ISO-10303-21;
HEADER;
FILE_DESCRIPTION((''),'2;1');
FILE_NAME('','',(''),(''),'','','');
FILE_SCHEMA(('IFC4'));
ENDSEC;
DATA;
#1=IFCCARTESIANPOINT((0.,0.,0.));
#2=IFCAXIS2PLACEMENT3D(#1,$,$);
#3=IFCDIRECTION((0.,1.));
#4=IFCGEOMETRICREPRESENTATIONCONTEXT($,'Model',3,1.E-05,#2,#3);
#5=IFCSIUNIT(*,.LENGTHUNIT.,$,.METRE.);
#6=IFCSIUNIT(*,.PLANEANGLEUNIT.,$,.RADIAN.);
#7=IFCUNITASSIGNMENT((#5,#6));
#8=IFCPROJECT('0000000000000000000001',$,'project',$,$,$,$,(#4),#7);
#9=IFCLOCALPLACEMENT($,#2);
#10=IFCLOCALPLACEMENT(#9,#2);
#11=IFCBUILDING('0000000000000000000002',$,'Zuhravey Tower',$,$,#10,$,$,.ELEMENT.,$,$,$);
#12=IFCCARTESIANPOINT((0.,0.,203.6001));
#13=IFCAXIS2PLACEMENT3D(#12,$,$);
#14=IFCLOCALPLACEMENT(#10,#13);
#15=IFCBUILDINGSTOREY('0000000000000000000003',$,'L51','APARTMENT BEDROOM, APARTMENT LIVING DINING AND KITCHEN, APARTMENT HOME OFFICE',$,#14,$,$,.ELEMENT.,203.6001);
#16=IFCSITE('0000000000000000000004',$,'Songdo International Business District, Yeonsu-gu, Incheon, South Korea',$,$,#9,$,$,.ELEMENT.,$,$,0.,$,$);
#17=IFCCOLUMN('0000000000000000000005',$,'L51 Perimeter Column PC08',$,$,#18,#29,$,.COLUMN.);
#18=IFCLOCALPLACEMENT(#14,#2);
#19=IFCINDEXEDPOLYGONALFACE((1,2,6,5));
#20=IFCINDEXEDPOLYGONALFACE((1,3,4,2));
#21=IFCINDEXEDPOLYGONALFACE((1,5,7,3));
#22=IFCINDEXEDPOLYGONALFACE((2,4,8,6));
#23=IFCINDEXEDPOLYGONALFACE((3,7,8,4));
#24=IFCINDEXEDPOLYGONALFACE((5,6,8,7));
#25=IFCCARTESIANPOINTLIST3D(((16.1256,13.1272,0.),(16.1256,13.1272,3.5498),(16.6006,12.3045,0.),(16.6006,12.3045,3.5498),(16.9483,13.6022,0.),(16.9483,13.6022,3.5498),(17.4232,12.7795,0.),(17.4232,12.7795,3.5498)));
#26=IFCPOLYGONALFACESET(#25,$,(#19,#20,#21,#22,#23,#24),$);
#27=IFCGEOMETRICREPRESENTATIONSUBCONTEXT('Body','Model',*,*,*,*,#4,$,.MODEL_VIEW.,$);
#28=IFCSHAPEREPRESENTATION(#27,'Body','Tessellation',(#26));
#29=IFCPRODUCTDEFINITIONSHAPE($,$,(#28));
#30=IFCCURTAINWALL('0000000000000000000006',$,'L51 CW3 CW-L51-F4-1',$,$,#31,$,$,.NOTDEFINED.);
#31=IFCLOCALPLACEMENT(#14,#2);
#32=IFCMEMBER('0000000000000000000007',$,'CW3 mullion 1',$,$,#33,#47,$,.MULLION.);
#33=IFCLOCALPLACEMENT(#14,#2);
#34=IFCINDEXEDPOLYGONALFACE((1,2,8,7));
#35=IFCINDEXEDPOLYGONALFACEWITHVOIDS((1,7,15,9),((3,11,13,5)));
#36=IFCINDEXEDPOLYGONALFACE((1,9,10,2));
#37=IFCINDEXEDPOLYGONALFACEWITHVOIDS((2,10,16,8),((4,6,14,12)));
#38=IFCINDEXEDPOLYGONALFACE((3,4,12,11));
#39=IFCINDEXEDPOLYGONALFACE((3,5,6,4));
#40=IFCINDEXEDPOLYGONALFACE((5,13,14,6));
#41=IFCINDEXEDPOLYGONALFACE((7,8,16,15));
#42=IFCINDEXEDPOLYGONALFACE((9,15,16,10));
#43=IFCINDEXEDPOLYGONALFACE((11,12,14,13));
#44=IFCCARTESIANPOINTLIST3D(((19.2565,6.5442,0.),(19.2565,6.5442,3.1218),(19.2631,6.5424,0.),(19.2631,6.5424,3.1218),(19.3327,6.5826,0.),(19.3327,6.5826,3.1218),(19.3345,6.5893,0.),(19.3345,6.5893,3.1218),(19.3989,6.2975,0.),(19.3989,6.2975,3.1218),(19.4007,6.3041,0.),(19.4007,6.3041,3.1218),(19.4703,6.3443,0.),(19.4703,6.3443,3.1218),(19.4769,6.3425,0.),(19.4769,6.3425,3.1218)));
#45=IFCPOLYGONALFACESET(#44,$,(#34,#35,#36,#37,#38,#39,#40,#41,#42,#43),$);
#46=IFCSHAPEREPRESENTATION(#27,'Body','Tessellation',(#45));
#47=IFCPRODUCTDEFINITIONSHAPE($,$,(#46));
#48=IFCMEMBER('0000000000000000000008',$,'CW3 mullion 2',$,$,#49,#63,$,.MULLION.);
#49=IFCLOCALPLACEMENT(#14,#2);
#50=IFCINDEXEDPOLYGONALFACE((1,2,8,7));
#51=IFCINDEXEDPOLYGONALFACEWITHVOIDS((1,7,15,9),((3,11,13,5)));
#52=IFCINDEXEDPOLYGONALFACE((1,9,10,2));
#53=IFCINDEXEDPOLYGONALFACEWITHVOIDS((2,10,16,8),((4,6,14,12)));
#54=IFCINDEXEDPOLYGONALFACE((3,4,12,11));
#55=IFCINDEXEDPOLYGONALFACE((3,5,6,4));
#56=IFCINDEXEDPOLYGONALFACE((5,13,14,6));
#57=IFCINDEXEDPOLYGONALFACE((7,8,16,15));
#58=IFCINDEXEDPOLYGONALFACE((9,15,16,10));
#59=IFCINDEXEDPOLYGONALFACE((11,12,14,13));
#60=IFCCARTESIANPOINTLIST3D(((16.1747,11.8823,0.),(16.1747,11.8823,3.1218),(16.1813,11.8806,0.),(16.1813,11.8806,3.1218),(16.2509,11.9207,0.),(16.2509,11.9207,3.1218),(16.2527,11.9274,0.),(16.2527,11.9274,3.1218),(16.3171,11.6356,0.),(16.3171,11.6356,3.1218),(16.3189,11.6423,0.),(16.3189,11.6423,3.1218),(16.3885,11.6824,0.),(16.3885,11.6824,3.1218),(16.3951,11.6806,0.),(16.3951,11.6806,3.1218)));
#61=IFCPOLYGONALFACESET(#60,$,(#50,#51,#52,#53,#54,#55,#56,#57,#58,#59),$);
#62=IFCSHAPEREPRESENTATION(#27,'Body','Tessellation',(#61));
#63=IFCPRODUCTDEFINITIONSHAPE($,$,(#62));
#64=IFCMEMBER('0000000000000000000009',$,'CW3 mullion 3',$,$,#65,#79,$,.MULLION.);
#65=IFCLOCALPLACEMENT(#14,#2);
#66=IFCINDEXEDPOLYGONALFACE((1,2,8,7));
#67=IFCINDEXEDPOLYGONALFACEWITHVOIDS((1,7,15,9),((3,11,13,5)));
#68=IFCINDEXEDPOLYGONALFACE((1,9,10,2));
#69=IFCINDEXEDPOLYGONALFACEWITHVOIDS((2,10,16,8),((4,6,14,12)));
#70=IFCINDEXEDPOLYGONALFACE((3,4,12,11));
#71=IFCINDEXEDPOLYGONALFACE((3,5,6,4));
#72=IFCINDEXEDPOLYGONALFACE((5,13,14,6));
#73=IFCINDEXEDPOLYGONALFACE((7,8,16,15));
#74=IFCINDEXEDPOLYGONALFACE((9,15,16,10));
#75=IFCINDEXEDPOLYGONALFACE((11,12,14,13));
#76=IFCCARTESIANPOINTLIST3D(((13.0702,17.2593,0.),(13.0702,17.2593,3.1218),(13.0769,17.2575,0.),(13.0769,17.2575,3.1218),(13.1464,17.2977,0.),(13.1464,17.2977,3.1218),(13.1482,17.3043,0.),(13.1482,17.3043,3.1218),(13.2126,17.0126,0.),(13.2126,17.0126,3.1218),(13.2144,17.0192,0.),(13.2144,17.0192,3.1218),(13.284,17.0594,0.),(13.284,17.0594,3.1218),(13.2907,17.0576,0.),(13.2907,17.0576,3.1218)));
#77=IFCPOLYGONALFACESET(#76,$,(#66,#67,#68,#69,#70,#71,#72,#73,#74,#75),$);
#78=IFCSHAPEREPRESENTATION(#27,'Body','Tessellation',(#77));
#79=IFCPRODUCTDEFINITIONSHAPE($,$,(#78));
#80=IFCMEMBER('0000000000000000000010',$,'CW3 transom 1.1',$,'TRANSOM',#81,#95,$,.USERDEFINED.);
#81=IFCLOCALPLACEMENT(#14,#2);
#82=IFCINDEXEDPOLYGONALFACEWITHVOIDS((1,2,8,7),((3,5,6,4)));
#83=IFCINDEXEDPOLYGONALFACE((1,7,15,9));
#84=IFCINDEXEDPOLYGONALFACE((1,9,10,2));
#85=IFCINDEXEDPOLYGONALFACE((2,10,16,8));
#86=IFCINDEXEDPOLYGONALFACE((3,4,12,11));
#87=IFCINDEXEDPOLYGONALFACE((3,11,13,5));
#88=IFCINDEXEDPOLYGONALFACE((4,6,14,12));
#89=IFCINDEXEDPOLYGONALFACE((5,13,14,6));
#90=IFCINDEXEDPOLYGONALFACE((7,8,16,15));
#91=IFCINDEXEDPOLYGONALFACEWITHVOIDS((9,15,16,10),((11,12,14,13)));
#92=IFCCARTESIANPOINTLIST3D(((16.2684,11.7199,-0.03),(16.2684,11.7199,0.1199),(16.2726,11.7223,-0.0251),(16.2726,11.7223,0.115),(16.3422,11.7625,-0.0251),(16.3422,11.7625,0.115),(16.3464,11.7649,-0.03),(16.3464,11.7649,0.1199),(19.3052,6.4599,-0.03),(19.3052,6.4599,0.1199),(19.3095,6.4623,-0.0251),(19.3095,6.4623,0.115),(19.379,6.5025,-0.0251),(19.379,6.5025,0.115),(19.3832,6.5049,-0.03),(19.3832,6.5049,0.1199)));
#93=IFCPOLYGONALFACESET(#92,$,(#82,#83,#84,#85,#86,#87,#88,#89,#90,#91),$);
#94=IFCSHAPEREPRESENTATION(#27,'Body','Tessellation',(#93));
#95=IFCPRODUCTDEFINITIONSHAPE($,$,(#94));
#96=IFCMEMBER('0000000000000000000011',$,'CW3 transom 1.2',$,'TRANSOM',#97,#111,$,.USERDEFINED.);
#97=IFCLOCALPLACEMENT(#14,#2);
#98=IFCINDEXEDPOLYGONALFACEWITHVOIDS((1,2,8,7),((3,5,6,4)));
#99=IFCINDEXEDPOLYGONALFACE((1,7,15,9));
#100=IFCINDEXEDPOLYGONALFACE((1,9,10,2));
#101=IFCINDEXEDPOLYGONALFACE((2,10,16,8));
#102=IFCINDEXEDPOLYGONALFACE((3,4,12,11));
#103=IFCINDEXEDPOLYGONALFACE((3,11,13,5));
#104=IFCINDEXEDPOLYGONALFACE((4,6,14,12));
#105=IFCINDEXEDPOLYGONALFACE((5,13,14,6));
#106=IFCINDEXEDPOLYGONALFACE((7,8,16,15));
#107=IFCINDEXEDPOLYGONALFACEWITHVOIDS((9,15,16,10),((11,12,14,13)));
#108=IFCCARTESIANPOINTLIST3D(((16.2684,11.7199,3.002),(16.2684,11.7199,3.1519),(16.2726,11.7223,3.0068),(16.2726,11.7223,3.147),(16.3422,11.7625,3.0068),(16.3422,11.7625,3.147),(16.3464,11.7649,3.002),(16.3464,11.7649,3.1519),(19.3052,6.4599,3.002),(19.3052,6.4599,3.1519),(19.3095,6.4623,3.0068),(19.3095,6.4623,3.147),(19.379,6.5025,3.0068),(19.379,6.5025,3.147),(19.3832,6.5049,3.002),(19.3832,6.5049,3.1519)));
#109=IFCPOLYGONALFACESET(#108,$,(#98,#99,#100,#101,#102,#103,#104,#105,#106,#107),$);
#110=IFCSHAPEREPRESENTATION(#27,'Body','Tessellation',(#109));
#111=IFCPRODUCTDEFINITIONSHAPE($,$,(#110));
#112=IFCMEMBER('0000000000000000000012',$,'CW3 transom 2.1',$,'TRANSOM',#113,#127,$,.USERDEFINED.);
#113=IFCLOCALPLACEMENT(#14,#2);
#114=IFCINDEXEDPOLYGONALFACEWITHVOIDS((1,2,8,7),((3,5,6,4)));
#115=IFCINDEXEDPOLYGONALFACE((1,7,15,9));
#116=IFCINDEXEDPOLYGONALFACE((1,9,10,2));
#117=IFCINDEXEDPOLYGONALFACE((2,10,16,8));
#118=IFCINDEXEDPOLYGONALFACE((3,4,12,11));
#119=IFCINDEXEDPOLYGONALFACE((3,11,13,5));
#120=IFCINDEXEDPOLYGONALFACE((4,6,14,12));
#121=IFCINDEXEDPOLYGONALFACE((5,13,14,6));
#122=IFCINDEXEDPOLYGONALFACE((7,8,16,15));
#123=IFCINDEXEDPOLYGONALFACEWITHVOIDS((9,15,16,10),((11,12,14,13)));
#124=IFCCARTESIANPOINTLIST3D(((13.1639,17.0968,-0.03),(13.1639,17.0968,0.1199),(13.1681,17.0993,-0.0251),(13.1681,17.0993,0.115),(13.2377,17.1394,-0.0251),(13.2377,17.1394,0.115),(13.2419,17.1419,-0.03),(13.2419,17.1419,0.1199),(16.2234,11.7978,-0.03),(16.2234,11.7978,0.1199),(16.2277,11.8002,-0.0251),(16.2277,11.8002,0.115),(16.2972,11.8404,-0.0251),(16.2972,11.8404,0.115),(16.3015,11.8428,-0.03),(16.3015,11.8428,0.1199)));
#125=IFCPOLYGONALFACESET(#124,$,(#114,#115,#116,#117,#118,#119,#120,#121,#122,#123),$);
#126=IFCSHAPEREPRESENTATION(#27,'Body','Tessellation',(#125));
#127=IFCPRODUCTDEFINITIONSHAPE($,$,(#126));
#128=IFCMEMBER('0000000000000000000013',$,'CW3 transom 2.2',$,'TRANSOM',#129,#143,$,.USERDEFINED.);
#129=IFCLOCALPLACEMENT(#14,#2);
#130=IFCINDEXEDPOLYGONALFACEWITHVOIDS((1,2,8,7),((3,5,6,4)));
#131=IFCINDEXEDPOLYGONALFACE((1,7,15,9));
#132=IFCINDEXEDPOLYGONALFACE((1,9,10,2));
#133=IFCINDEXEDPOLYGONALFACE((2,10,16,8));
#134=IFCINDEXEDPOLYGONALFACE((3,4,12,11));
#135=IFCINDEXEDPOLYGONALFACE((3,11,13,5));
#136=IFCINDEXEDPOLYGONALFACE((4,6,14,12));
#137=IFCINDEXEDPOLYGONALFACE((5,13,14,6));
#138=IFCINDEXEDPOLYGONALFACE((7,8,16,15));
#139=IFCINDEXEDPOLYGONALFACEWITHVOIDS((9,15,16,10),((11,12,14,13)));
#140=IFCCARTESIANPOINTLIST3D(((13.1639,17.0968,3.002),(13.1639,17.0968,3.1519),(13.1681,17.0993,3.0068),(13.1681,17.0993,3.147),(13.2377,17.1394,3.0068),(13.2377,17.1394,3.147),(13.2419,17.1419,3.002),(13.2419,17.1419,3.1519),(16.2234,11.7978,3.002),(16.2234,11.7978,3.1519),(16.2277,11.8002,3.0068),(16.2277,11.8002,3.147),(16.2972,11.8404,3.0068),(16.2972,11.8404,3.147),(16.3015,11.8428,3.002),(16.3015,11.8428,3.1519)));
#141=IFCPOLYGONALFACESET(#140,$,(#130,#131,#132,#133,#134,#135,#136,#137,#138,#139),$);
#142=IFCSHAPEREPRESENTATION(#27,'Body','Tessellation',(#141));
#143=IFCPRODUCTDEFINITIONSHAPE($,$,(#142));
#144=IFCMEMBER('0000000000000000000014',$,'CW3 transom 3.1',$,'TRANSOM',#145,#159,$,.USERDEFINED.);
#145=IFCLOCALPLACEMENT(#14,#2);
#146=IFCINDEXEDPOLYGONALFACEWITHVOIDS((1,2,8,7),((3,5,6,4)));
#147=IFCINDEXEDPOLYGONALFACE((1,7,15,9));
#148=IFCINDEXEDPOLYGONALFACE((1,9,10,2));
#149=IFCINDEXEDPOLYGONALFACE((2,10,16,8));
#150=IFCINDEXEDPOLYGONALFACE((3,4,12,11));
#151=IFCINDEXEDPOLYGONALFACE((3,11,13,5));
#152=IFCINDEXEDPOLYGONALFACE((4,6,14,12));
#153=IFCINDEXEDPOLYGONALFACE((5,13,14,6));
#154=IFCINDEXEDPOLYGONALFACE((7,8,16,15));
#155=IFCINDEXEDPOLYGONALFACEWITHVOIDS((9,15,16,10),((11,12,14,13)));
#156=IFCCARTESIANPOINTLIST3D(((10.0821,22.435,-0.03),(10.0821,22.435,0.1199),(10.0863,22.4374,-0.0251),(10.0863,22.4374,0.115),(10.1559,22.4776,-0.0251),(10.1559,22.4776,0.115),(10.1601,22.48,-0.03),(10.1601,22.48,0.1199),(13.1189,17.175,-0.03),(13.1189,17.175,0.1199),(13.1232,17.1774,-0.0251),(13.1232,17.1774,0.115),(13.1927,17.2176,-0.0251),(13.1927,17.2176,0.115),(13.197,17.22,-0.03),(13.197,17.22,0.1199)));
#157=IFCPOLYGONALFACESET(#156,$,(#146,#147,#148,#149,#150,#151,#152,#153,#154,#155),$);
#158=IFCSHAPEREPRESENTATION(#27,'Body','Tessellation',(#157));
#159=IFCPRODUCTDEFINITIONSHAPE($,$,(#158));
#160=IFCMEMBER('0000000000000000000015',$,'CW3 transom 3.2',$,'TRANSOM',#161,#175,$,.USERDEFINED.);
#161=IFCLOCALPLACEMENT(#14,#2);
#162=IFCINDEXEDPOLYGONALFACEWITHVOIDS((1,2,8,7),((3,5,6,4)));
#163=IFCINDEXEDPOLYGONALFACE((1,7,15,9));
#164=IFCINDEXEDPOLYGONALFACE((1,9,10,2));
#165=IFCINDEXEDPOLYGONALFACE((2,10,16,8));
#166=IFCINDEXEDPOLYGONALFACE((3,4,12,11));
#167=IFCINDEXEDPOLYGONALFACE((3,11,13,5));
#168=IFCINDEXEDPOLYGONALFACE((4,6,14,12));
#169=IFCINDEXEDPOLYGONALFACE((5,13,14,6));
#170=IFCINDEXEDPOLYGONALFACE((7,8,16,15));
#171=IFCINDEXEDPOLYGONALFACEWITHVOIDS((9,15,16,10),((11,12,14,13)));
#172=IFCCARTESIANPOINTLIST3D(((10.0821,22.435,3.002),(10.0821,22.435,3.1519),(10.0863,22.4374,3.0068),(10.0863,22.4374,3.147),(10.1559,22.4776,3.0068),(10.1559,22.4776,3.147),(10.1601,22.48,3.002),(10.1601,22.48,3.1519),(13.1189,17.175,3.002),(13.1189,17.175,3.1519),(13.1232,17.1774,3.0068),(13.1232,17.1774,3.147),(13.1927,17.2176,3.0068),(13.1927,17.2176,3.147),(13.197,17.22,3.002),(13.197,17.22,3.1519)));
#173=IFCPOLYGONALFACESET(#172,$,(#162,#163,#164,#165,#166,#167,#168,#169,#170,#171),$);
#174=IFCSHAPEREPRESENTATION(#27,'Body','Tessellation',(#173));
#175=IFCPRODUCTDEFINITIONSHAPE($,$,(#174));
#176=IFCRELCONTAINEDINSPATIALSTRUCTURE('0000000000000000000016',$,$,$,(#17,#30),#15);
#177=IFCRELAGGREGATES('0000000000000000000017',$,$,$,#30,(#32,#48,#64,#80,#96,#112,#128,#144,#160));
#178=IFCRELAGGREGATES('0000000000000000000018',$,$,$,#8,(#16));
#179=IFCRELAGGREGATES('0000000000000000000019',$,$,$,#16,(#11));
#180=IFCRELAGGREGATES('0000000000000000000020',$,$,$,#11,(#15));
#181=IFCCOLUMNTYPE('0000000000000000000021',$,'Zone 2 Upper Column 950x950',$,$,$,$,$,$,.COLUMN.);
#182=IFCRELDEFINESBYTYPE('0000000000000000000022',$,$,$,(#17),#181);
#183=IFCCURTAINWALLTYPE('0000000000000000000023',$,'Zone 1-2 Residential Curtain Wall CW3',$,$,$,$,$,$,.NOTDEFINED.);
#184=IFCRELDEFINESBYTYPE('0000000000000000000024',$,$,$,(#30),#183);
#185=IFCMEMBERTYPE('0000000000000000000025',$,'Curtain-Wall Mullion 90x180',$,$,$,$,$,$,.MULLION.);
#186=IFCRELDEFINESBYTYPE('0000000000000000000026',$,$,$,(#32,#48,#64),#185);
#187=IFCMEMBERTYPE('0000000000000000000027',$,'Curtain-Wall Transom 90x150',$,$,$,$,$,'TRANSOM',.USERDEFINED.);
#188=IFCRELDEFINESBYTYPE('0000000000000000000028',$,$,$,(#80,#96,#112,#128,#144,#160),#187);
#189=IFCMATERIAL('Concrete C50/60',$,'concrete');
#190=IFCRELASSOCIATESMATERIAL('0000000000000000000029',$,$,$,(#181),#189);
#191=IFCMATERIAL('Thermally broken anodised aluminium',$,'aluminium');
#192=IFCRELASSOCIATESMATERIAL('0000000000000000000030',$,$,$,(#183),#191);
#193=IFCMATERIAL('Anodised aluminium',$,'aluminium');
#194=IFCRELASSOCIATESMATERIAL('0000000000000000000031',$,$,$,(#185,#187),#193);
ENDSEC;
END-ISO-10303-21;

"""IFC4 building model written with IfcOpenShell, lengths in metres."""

from ifc_helpers import new_model, si_unit, direction, frame, origin, origin_2d, place, context, subcontext, project, spatial, rectangle, hollow_rectangle, extrude, material, material_profile, profile_set, type_object, element, aggregate, save


model = new_model("IFC4")

# Units and contexts
model_context = context("Model", 3, precision=1e-05, world=origin(), true_north=direction((0.0, 1.0)))
body_context = subcontext(model_context, "Body", "Model", "MODEL_VIEW")
ifc_project = project(units=[si_unit("LENGTHUNIT", "METRE"), si_unit("PLANEANGLEUNIT", "RADIAN")], contexts=[model_context])

# Site, building, storey
site_placement = place(None, origin())
site = spatial("IfcSite", under=ifc_project, at=site_placement, Name="Songdo International Business District, Yeonsu-gu, Incheon, South Korea", CompositionType="ELEMENT", RefElevation=0.0)
building_placement = place(site_placement, origin())
building = spatial("IfcBuilding", under=site, at=building_placement, Name="Zuhravey Tower", CompositionType="ELEMENT")
storey_placement = place(building_placement, frame((0.0, 0.0, 203.6001)))
storey = spatial("IfcBuildingStorey", under=building, at=storey_placement, Name="L51", Description="APARTMENT BEDROOM, APARTMENT LIVING DINING AND KITCHEN, APARTMENT HOME OFFICE", CompositionType="ELEMENT", Elevation=203.6001)

# Column
ifc_material_1 = material(Name="Concrete C50/60", Category="concrete")
ifc_material_profile_1 = material_profile(ifc_material_1, rectangle(XDim=0.95, YDim=0.95, at=origin_2d()), Name="RC-950x950")
ifc_profile_set_1 = profile_set([ifc_material_profile_1], Name="Concrete C50/60")
column_type = type_object("IfcColumnType", Name="Zone 2 Upper Column 950x950", PredefinedType="COLUMN", material=ifc_profile_set_1)
column_placement = place(storey_placement, frame((16.7744, 12.9534, 0.0), z_axis=(0.0, 0.0, 1.0), x_axis=(0.5, -0.866025, 0.0)))
element("IfcColumn", 1, at=column_placement, inside=storey, type_object=column_type, Name="L51 Perimeter Column PC08", PredefinedType="COLUMN", context=body_context, shape_type="SweptSolid", body=[
    extrude(rectangle(XDim=0.95, YDim=0.95, at=origin_2d()), origin(), (0.0, 0.0, 1.0), 3.5498),
])

# Curtain wall, members
ifc_material_2 = material(Name="Thermally broken anodised aluminium", Category="aluminium")
curtain_wall_type = type_object("IfcCurtainWallType", Name="Zone 1-2 Residential Curtain Wall CW3", PredefinedType="NOTDEFINED", material=ifc_material_2)
curtain_wall_placement = place(storey_placement, origin())
curtain_wall = element("IfcCurtainWall", 2, at=curtain_wall_placement, inside=storey, type_object=curtain_wall_type, Name="L51 CW3 CW-L51-F4-1", PredefinedType="NOTDEFINED")
ifc_material_3 = material(Name="Anodised aluminium", Category="aluminium")
ifc_material_profile_2 = material_profile(ifc_material_3, hollow_rectangle(XDim=0.0901, YDim=0.2849, WallThickness=0.0049, at=origin_2d()), Name="ALU-RHS-90x285x5")
ifc_profile_set_2 = profile_set([ifc_material_profile_2], Name="Anodised aluminium")
member_type_1 = type_object("IfcMemberType", Name="Curtain-Wall Mullion 90x180", PredefinedType="MULLION", material=ifc_profile_set_2)
member_1_placement = place(storey_placement, frame((19.3667, 6.4434, 0.0), z_axis=(0.0, 0.0, 1.0), x_axis=(-0.866025, -0.5, 0.0)))
member_1 = element("IfcMember", 3, at=member_1_placement, type_object=member_type_1, Name="CW3 mullion 1", PredefinedType="MULLION", context=body_context, shape_type="SweptSolid", body=[
    extrude(hollow_rectangle(XDim=0.0901, YDim=0.2849, WallThickness=0.0049, at=origin_2d()), origin(), (0.0, 0.0, 1.0), 3.1218),
])
member_2_placement = place(storey_placement, frame((16.2849, 11.7815, 0.0), z_axis=(0.0, 0.0, 1.0), x_axis=(-0.866025, -0.5, 0.0)))
member_2 = element("IfcMember", 4, at=member_2_placement, type_object=member_type_1, Name="CW3 mullion 2", PredefinedType="MULLION", context=body_context, shape_type="SweptSolid", body=[
    extrude(hollow_rectangle(XDim=0.0901, YDim=0.2849, WallThickness=0.0049, at=origin_2d()), origin(), (0.0, 0.0, 1.0), 3.1218),
])
member_3_placement = place(storey_placement, frame((13.1804, 17.1584, 0.0), z_axis=(0.0, 0.0, 1.0), x_axis=(-0.866025, -0.5, 0.0)))
member_3 = element("IfcMember", 5, at=member_3_placement, type_object=member_type_1, Name="CW3 mullion 3", PredefinedType="MULLION", context=body_context, shape_type="SweptSolid", body=[
    extrude(hollow_rectangle(XDim=0.0901, YDim=0.2849, WallThickness=0.0049, at=origin_2d()), origin(), (0.0, 0.0, 1.0), 3.1218),
])
ifc_material_profile_3 = material_profile(ifc_material_3, hollow_rectangle(XDim=0.0901, YDim=0.1499, WallThickness=0.0049, at=origin_2d()), Name="ALU-RHS-90x150x5")
ifc_profile_set_3 = profile_set([ifc_material_profile_3], Name="Anodised aluminium")
member_type_2 = type_object("IfcMemberType", Name="Curtain-Wall Transom 90x150", ElementType="TRANSOM", PredefinedType="USERDEFINED", material=ifc_profile_set_3)
member_4_placement = place(storey_placement, frame((19.3442, 6.4824, 0.0449), z_axis=(-0.5, 0.866026, 0.0), x_axis=(-0.866026, -0.5, 0.0)))
member_4 = element("IfcMember", 6, at=member_4_placement, type_object=member_type_2, Name="CW3 transom 1.1", ObjectType="TRANSOM", PredefinedType="USERDEFINED", context=body_context, shape_type="SweptSolid", body=[
    extrude(hollow_rectangle(XDim=0.0901, YDim=0.1499, WallThickness=0.0049, at=origin_2d()), origin(), (0.0, 0.0, 1.0), 6.0737),
])
member_5_placement = place(storey_placement, frame((19.3442, 6.4824, 3.0769), z_axis=(-0.5, 0.866026, 0.0), x_axis=(-0.866026, -0.5, 0.0)))
member_5 = element("IfcMember", 7, at=member_5_placement, type_object=member_type_2, Name="CW3 transom 1.2", ObjectType="TRANSOM", PredefinedType="USERDEFINED", context=body_context, shape_type="SweptSolid", body=[
    extrude(hollow_rectangle(XDim=0.0901, YDim=0.1499, WallThickness=0.0049, at=origin_2d()), origin(), (0.0, 0.0, 1.0), 6.0737),
])
member_6_placement = place(storey_placement, frame((16.2625, 11.8203, 0.0449), z_axis=(-0.500018, 0.866015, 0.0), x_axis=(-0.866015, -0.500018, 0.0)))
member_6 = element("IfcMember", 8, at=member_6_placement, type_object=member_type_2, Name="CW3 transom 2.1", ObjectType="TRANSOM", PredefinedType="USERDEFINED", context=body_context, shape_type="SweptSolid", body=[
    extrude(hollow_rectangle(XDim=0.0901, YDim=0.1499, WallThickness=0.0049, at=origin_2d()), origin(), (0.0, 0.0, 1.0), 6.1189),
])
member_7_placement = place(storey_placement, frame((16.2625, 11.8203, 3.0769), z_axis=(-0.500018, 0.866015, 0.0), x_axis=(-0.866015, -0.500018, 0.0)))
member_7 = element("IfcMember", 9, at=member_7_placement, type_object=member_type_2, Name="CW3 transom 2.2", ObjectType="TRANSOM", PredefinedType="USERDEFINED", context=body_context, shape_type="SweptSolid", body=[
    extrude(hollow_rectangle(XDim=0.0901, YDim=0.1499, WallThickness=0.0049, at=origin_2d()), origin(), (0.0, 0.0, 1.0), 6.1189),
])
member_8_placement = place(storey_placement, frame((13.158, 17.1975, 0.0449), z_axis=(-0.5, 0.866026, 0.0), x_axis=(-0.866026, -0.5, 0.0)))
member_8 = element("IfcMember", 10, at=member_8_placement, type_object=member_type_2, Name="CW3 transom 3.1", ObjectType="TRANSOM", PredefinedType="USERDEFINED", context=body_context, shape_type="SweptSolid", body=[
    extrude(hollow_rectangle(XDim=0.0901, YDim=0.1499, WallThickness=0.0049, at=origin_2d()), origin(), (0.0, 0.0, 1.0), 6.0737),
])
member_9_placement = place(storey_placement, frame((13.158, 17.1975, 3.0769), z_axis=(-0.5, 0.866026, 0.0), x_axis=(-0.866026, -0.5, 0.0)))
member_9 = element("IfcMember", 11, at=member_9_placement, type_object=member_type_2, Name="CW3 transom 3.2", ObjectType="TRANSOM", PredefinedType="USERDEFINED", context=body_context, shape_type="SweptSolid", body=[
    extrude(hollow_rectangle(XDim=0.0901, YDim=0.1499, WallThickness=0.0049, at=origin_2d()), origin(), (0.0, 0.0, 1.0), 6.0737),
])

aggregate(curtain_wall, [member_1, member_2, member_3, member_4, member_5, member_6, member_7, member_8, member_9])

save(model, "model.ifc")
